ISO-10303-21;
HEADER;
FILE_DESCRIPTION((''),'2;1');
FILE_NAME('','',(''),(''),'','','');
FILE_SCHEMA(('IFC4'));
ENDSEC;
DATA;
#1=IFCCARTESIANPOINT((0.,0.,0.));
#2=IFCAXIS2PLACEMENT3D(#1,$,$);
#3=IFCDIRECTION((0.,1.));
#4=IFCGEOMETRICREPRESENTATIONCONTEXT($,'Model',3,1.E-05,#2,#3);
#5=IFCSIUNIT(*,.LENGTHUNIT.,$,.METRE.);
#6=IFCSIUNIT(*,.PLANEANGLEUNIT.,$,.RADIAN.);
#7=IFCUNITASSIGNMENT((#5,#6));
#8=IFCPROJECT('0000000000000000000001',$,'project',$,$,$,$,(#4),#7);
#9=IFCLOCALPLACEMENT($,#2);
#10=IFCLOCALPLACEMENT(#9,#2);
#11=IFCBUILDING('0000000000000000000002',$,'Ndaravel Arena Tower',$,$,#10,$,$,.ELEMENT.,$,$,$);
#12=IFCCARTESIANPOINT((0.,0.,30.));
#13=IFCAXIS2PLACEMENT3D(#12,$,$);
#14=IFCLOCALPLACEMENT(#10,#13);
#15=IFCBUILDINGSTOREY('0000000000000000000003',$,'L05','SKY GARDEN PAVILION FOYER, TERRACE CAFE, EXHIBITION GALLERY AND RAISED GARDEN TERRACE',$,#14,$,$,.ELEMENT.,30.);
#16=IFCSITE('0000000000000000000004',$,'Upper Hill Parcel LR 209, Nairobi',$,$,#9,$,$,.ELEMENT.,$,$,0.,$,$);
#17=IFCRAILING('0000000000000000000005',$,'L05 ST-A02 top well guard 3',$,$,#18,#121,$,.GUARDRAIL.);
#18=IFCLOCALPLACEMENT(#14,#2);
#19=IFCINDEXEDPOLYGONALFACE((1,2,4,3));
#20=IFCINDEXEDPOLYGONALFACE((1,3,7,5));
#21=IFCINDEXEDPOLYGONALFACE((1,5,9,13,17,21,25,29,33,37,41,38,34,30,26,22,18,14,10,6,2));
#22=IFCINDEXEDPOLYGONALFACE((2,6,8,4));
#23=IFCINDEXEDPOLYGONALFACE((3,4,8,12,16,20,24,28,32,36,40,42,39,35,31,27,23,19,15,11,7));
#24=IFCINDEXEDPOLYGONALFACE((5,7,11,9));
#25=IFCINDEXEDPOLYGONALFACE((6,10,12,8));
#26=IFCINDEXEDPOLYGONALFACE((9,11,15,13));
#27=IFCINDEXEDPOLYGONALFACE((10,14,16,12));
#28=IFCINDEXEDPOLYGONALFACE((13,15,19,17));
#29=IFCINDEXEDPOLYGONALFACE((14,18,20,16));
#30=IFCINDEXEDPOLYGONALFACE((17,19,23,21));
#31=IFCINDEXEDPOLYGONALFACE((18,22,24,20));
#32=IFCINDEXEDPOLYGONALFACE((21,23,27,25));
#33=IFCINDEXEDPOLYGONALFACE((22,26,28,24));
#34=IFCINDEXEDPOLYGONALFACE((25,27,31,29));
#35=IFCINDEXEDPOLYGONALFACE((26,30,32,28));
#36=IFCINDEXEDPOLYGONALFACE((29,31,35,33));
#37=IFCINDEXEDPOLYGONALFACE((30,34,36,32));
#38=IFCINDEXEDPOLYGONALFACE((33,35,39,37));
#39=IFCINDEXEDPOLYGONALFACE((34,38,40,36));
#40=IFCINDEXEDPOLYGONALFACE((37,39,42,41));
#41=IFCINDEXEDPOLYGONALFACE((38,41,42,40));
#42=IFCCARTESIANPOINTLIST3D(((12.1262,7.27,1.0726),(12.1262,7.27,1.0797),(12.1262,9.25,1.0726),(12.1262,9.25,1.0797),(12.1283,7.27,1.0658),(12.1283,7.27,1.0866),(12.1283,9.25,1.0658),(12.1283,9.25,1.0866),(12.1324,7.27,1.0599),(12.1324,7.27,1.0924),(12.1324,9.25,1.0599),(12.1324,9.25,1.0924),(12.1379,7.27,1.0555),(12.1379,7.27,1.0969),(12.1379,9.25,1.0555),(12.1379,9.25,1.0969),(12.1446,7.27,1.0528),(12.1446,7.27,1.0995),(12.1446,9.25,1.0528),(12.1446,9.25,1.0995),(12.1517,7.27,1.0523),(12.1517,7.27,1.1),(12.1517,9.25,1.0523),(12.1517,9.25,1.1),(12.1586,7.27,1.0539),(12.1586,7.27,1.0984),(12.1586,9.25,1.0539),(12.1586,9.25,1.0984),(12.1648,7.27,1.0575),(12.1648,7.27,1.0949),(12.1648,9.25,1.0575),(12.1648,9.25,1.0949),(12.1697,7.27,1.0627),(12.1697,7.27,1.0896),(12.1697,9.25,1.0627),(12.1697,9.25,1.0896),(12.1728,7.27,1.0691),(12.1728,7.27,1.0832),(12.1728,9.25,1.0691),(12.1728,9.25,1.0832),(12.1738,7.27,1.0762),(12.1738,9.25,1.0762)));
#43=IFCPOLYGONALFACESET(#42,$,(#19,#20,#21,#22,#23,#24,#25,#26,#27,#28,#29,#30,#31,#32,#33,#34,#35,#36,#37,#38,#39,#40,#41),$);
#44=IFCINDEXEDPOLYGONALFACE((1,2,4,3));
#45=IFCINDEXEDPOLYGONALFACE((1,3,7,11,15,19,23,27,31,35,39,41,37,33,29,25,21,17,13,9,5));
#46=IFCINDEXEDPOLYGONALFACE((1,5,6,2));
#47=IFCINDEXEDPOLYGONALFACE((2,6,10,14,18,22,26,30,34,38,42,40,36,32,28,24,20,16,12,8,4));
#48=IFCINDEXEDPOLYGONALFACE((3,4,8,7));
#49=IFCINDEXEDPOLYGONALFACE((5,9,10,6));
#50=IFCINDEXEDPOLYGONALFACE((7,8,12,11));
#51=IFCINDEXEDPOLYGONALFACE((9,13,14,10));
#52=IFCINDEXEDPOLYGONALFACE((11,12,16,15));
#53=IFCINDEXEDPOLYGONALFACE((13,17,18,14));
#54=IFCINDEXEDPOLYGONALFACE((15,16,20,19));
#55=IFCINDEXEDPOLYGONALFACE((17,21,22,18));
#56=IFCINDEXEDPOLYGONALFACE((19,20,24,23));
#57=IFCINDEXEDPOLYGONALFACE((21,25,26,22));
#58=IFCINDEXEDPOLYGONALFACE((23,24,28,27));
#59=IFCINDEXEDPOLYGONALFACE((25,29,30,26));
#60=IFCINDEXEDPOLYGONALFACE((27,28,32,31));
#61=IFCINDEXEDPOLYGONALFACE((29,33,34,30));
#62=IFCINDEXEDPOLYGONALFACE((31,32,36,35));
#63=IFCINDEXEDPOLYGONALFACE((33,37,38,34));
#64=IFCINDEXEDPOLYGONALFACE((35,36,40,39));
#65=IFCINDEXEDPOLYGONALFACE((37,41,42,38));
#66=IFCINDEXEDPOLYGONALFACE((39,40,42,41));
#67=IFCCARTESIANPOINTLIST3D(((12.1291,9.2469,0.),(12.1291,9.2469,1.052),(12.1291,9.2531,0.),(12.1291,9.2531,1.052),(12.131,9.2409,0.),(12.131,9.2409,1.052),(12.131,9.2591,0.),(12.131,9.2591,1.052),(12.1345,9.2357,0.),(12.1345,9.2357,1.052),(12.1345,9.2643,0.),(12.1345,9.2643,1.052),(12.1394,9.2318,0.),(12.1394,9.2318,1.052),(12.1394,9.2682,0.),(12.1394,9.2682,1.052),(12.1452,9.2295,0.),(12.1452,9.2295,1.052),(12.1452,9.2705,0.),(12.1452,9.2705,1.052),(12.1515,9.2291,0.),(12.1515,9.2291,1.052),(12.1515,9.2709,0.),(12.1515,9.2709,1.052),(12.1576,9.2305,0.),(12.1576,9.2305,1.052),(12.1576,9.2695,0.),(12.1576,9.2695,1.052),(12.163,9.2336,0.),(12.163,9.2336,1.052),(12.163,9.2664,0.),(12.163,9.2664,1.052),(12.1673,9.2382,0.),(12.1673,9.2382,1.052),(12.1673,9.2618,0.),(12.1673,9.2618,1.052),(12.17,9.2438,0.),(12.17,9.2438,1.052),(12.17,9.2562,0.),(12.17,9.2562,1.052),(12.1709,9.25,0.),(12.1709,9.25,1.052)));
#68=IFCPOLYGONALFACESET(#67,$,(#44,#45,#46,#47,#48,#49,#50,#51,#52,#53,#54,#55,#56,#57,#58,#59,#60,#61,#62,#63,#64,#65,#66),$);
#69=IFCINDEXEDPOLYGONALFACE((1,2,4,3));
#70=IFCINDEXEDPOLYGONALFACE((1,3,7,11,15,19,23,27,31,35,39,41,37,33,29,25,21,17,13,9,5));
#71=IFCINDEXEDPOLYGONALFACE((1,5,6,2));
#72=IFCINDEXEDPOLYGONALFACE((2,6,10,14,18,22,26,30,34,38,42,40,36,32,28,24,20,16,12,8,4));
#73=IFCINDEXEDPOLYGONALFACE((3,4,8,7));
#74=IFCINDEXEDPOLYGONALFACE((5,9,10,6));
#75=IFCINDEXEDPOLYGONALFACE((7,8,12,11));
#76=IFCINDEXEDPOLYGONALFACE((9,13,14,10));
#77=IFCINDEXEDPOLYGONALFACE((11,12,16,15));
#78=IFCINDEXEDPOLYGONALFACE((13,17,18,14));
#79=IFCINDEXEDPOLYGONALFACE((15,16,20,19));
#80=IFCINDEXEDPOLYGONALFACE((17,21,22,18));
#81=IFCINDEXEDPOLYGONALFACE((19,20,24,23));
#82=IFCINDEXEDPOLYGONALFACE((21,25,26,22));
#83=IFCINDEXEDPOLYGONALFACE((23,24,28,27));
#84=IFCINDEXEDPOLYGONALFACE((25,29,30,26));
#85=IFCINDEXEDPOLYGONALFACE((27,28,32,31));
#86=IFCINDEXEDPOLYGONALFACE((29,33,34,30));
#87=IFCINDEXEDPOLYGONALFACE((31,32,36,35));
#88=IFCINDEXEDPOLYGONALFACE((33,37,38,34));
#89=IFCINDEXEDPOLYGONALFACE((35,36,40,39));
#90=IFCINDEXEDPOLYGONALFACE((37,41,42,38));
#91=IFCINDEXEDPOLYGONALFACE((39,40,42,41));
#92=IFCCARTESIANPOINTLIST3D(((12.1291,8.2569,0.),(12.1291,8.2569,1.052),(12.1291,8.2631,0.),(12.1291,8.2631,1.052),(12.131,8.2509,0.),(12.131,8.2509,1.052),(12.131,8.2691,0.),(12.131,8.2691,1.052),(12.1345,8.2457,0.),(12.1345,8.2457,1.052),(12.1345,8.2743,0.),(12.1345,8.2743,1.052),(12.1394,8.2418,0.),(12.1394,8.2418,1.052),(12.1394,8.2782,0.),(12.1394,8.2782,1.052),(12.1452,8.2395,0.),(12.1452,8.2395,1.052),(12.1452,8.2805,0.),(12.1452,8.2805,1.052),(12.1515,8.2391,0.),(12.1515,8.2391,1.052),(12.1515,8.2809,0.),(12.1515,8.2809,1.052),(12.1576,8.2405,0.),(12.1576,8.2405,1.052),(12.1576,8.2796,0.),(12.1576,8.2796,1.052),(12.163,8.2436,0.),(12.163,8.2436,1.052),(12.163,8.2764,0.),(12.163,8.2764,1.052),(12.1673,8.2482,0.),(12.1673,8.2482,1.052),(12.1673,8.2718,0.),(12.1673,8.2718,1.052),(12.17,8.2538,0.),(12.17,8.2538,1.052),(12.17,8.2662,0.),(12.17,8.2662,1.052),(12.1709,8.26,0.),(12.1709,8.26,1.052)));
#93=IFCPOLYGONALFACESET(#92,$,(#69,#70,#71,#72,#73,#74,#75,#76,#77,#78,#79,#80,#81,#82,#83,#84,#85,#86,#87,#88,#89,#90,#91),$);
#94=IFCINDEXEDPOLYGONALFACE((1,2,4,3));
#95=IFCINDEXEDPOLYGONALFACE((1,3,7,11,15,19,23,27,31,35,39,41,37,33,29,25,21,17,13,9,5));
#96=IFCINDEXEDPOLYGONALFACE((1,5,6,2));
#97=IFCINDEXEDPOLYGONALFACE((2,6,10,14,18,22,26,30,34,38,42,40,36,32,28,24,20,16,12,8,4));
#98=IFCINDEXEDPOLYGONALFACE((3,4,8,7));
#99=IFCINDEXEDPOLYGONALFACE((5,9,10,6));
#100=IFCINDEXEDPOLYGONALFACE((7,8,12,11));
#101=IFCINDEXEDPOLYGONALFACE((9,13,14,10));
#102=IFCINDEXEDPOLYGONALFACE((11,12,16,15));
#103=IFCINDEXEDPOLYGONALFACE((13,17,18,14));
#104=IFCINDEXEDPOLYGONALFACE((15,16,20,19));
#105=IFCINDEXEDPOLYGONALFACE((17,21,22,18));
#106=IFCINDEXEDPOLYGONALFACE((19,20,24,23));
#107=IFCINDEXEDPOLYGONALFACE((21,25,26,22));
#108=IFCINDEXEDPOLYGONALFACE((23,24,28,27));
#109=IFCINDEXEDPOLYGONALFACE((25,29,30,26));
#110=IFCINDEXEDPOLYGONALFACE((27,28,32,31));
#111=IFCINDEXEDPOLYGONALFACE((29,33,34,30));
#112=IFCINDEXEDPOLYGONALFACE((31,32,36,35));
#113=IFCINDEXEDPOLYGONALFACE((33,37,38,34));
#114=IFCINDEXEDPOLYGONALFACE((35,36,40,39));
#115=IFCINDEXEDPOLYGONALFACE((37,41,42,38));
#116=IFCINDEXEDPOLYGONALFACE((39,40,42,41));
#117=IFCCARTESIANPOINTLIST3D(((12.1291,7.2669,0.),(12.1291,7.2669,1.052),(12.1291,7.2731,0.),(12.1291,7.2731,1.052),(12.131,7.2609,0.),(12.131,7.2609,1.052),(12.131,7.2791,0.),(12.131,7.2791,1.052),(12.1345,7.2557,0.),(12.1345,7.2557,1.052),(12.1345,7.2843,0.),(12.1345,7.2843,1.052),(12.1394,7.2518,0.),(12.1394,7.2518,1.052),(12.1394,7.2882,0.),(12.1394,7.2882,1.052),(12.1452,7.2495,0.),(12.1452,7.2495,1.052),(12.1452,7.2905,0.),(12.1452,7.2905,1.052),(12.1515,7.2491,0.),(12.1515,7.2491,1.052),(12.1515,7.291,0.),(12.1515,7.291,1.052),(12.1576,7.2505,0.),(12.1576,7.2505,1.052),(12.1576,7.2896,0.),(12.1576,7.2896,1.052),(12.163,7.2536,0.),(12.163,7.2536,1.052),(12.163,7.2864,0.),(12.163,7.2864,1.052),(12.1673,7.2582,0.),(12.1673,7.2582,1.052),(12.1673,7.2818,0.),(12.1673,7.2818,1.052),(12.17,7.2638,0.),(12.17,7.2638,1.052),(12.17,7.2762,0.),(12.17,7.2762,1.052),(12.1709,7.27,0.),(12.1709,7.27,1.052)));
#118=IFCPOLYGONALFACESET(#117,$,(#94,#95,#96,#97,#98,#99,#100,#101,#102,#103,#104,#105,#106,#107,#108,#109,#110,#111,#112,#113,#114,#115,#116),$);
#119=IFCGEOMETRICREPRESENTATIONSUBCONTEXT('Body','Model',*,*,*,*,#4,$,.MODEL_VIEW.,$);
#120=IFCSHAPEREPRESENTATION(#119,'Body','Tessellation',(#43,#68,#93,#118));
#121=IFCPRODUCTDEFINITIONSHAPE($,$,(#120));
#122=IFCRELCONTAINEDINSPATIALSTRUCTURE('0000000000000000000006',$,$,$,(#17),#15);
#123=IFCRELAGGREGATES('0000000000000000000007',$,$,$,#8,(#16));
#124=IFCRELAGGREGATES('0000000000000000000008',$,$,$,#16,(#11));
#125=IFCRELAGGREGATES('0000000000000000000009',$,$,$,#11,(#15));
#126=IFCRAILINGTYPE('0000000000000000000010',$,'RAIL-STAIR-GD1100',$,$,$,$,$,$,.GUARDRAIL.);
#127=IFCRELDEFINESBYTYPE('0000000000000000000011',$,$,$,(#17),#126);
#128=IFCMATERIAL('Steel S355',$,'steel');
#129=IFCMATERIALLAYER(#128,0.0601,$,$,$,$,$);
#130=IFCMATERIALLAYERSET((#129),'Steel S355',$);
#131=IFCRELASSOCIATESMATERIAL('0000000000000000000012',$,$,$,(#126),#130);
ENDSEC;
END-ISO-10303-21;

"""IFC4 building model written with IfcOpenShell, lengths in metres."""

from ifc_helpers import new_model, si_unit, direction, frame, origin, origin_2d, place, context, subcontext, project, spatial, circle, extrude, material, layer, layer_set, type_object, element, save


model = new_model("IFC4")

# Units and contexts
model_context = context("Model", 3, precision=1e-05, world=origin(), true_north=direction((0.0, 1.0)))
body_context = subcontext(model_context, "Body", "Model", "MODEL_VIEW")
ifc_project = project(units=[si_unit("LENGTHUNIT", "METRE"), si_unit("PLANEANGLEUNIT", "RADIAN")], contexts=[model_context])

# Site, building, storey
site_placement = place(None, origin())
site = spatial("IfcSite", under=ifc_project, at=site_placement, Name="Upper Hill Parcel LR 209, Nairobi", CompositionType="ELEMENT", RefElevation=0.0)
building_placement = place(site_placement, origin())
building = spatial("IfcBuilding", under=site, at=building_placement, Name="Ndaravel Arena Tower", CompositionType="ELEMENT")
storey_placement = place(building_placement, frame((0.0, 0.0, 30.0)))
storey = spatial("IfcBuildingStorey", under=building, at=storey_placement, Name="L05", Description="SKY GARDEN PAVILION FOYER, TERRACE CAFE, EXHIBITION GALLERY AND RAISED GARDEN TERRACE", CompositionType="ELEMENT", Elevation=30.0)

# Railing
ifc_material_1 = material(Name="Steel S355", Category="steel")
ifc_layer_1 = layer(ifc_material_1, 0.0601)
ifc_layer_set_1 = layer_set([ifc_layer_1], Name="Steel S355")
railing_type_1 = type_object("IfcRailingType", Name="RAIL-STAIR-GD1100", PredefinedType="GUARDRAIL", material=ifc_layer_set_1)
for number, where, name in (
    (1, (12.1499, 9.25, 0.0), "L05 ST-A02 top well guard 3"),
):
    element("IfcRailing", number, at=place(storey_placement, frame(where)), inside=storey, type_object=railing_type_1, Name=name, PredefinedType="GUARDRAIL", context=body_context, shape_type="SweptSolid", body=[
        extrude(circle(Radius=0.0239, at=origin_2d()), frame((0.0, 0.0, 1.0762), z_axis=(0.0, -1.0, 0.0), x_axis=(1.0, 0.0, 0.0)), (0.0, 0.0, 1.0), 1.98),
        extrude(circle(Radius=0.021, at=origin_2d()), origin(), (0.0, 0.0, 1.0), 1.052),
        extrude(circle(Radius=0.021, at=origin_2d()), frame((0.0, -0.99, 0.0)), (0.0, 0.0, 1.0), 1.052),
        extrude(circle(Radius=0.021, at=origin_2d()), frame((0.0, -1.98, 0.0)), (0.0, 0.0, 1.0), 1.052),
    ])

save(model, "model.ifc")
